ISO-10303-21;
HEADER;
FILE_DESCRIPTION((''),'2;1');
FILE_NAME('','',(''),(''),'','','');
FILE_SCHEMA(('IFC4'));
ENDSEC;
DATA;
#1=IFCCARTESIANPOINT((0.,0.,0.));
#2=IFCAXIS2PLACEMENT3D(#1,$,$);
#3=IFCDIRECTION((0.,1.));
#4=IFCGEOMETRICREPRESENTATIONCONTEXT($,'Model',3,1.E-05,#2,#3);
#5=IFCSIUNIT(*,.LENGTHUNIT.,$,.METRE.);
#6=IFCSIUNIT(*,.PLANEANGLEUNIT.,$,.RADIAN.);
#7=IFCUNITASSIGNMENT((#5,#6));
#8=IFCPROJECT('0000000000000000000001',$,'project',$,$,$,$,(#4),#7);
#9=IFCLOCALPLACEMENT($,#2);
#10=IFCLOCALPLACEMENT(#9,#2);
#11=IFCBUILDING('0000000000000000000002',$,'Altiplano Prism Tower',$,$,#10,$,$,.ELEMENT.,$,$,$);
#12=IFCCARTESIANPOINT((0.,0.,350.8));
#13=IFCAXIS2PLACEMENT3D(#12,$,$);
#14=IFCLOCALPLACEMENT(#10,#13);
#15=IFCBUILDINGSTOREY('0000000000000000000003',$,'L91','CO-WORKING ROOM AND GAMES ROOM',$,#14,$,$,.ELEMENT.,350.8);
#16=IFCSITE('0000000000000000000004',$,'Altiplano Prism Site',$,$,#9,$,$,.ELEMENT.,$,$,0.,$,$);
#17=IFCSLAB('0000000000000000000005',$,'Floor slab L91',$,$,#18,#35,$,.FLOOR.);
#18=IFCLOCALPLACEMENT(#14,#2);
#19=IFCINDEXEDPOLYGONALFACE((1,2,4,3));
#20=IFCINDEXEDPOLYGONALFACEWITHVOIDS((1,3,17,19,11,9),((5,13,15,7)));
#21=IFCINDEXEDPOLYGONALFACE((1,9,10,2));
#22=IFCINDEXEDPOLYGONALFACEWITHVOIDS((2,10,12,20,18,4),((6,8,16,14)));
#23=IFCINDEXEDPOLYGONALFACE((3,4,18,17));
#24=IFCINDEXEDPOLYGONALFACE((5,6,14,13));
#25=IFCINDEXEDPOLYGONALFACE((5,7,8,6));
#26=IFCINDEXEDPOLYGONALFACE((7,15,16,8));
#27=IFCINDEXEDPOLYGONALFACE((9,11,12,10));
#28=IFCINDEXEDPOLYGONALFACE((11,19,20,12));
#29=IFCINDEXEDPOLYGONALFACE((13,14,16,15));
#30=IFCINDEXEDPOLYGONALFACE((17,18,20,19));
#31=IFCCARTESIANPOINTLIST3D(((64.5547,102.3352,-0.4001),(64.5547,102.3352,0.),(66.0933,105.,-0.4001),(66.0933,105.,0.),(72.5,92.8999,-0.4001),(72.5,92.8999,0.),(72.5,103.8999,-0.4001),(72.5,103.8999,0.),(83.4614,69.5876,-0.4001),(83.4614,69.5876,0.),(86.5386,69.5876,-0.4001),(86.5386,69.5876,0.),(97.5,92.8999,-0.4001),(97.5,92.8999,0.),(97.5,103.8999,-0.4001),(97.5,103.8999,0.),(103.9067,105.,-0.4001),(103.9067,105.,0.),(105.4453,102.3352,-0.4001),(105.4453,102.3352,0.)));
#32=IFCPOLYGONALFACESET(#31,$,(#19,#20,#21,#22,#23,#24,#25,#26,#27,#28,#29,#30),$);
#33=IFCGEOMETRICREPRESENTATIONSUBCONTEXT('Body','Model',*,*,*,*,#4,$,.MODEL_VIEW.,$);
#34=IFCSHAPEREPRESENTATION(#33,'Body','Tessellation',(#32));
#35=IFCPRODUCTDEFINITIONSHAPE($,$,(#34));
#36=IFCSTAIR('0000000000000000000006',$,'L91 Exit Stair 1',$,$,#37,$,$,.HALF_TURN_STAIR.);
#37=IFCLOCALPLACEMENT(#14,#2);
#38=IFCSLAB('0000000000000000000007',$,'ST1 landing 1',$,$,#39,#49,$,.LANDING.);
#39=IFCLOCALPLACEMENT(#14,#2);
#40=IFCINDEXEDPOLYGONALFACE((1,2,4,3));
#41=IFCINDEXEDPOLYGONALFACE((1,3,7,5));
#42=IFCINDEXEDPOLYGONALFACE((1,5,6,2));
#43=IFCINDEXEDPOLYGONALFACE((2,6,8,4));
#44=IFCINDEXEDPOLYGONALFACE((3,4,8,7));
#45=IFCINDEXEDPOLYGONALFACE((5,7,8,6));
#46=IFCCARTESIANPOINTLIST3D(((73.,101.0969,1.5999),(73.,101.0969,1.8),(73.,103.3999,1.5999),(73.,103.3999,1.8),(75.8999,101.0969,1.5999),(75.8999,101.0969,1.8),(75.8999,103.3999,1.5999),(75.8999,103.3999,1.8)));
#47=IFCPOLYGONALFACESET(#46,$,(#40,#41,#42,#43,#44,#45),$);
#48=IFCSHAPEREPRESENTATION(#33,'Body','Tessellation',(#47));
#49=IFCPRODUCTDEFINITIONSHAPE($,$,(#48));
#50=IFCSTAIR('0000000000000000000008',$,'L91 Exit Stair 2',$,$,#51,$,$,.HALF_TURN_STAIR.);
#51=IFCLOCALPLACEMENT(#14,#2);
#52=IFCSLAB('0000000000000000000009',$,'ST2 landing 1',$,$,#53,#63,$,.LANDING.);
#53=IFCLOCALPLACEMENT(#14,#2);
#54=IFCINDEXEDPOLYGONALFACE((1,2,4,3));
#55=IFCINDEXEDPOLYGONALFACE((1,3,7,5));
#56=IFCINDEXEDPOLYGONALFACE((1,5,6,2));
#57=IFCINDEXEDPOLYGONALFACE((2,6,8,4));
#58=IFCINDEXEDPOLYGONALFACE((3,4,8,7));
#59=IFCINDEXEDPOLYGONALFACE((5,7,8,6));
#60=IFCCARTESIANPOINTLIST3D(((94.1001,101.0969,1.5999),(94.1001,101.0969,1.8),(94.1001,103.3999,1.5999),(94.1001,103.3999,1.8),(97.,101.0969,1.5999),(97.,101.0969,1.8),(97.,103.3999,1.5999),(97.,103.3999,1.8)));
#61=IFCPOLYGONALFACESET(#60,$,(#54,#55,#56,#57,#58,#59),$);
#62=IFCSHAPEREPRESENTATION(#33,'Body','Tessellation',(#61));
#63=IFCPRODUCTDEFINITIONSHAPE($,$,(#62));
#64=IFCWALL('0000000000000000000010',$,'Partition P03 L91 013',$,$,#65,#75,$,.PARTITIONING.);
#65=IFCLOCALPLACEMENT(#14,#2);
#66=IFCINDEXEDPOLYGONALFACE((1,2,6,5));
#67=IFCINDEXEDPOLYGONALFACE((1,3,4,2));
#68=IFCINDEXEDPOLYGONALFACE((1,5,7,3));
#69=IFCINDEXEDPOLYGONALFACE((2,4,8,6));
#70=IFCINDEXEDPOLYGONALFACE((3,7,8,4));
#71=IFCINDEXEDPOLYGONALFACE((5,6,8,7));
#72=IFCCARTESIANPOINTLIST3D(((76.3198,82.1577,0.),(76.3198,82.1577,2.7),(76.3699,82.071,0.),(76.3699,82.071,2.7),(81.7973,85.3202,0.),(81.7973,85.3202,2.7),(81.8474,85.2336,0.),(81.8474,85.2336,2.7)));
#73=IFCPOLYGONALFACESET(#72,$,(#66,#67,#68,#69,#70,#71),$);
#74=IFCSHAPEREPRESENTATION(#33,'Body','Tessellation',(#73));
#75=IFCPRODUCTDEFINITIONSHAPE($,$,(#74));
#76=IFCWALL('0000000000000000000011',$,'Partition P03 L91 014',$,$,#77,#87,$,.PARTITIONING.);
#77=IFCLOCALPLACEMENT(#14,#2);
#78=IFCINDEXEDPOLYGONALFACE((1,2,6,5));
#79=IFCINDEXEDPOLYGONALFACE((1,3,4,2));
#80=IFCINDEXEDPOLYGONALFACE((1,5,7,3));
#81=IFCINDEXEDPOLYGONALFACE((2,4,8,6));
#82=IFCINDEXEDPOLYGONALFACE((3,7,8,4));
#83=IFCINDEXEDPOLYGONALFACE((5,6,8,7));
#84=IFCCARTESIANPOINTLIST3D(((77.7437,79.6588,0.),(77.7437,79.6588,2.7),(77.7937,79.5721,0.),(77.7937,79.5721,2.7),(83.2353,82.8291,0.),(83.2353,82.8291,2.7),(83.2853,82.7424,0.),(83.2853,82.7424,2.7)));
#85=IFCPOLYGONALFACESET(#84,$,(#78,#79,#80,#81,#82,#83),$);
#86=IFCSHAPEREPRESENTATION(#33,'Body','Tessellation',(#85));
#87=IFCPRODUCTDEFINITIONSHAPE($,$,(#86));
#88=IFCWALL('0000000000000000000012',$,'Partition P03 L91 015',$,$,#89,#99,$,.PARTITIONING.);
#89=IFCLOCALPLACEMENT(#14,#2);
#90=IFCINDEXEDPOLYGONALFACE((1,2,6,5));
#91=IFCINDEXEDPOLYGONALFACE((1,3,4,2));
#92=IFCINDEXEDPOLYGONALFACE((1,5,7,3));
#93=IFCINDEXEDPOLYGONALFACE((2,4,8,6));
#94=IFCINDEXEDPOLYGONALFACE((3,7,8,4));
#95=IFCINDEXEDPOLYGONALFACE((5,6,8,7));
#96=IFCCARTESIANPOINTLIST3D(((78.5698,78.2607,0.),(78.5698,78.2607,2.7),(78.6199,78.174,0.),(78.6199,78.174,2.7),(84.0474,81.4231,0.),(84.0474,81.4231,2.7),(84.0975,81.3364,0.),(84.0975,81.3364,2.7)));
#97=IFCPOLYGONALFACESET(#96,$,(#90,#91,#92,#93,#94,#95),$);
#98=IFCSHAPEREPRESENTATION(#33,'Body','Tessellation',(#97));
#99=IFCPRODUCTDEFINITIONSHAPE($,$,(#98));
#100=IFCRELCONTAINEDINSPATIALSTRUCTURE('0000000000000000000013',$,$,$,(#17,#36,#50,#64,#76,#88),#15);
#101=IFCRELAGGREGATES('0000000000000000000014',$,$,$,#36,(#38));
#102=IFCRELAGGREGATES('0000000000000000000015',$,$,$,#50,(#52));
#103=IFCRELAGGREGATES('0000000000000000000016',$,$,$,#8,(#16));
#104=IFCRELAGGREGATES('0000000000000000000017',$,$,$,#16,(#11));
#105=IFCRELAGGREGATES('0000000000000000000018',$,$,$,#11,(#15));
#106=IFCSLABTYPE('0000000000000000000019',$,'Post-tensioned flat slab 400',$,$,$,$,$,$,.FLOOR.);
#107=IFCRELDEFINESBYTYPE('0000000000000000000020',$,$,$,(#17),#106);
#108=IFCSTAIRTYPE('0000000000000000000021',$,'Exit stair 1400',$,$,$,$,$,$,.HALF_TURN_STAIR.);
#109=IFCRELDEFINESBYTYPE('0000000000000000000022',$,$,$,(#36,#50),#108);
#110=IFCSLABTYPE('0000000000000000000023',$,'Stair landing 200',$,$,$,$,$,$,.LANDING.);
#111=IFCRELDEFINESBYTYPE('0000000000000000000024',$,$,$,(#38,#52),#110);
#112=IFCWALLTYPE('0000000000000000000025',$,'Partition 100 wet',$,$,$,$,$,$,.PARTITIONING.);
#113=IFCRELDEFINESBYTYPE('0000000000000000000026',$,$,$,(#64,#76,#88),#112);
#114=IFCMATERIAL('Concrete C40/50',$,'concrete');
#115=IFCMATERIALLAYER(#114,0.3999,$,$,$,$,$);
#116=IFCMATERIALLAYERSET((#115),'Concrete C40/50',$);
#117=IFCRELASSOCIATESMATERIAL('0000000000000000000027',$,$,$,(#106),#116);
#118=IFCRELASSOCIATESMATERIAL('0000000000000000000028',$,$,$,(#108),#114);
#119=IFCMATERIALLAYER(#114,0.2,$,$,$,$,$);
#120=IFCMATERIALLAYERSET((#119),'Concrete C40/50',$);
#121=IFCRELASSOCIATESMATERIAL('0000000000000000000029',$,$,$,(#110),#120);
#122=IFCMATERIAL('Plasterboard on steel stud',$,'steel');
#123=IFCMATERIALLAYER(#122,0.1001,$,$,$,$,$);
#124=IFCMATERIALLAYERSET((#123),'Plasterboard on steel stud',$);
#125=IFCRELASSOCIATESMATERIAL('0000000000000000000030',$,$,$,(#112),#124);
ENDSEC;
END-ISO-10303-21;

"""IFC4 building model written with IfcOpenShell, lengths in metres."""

from ifc_helpers import new_model, si_unit, direction, frame, frame_2d, origin, place, context, subcontext, project, spatial, polyline, rectangle, outline, extrude, material, layer, layer_set, type_object, element, aggregate, save


model = new_model("IFC4")

# Units and contexts
model_context = context("Model", 3, precision=1e-05, world=origin(), true_north=direction((0.0, 1.0)))
body_context = subcontext(model_context, "Body", "Model", "MODEL_VIEW")
ifc_project = project(units=[si_unit("LENGTHUNIT", "METRE"), si_unit("PLANEANGLEUNIT", "RADIAN")], contexts=[model_context])

# Site, building, storey
site_placement = place(None, origin())
site = spatial("IfcSite", under=ifc_project, at=site_placement, Name="Altiplano Prism Site", CompositionType="ELEMENT", RefElevation=0.0)
building_placement = place(site_placement, origin())
building = spatial("IfcBuilding", under=site, at=building_placement, Name="Altiplano Prism Tower", CompositionType="ELEMENT")
storey_placement = place(building_placement, frame((0.0, 0.0, 350.8)))
storey = spatial("IfcBuildingStorey", under=building, at=storey_placement, Name="L91", Description="CO-WORKING ROOM AND GAMES ROOM", CompositionType="ELEMENT", Elevation=350.8)

# Slab
ifc_material_1 = material(Name="Concrete C40/50", Category="concrete")
ifc_layer_1 = layer(ifc_material_1, 0.3999)
ifc_layer_set_1 = layer_set([ifc_layer_1], Name="Concrete C40/50")
slab_type_1 = type_object("IfcSlabType", Name="Post-tensioned flat slab 400", PredefinedType="FLOOR", material=ifc_layer_set_1)
slab_1_placement = place(storey_placement, frame((0.0, 0.0, -0.4001)))
element("IfcSlab", 1, at=slab_1_placement, inside=storey, type_object=slab_type_1, Name="Floor slab L91", PredefinedType="FLOOR", context=body_context, shape_type="SweptSolid", body=[
    extrude(outline(polyline([(105.4453, 102.3352), (86.5386, 69.5876), (83.4614, 69.5876), (64.5547, 102.3352), (66.0933, 105.0), (103.9067, 105.0), (105.4453, 102.3352)]), holes=[polyline([(97.5, 92.8999), (97.5, 103.8999), (72.5, 103.8999), (72.5, 92.8999), (97.5, 92.8999)])]), origin(), (0.0, 0.0, 1.0), 0.4001),
])

# Stairs, slabs
stair_type = type_object("IfcStairType", Name="Exit stair 1400", PredefinedType="HALF_TURN_STAIR", material=ifc_material_1)
stair_1_placement = place(storey_placement, origin())
stair_1 = element("IfcStair", 2, at=stair_1_placement, inside=storey, type_object=stair_type, Name="L91 Exit Stair 1", PredefinedType="HALF_TURN_STAIR")
ifc_layer_2 = layer(ifc_material_1, 0.2)
ifc_layer_set_2 = layer_set([ifc_layer_2], Name="Concrete C40/50")
slab_type_2 = type_object("IfcSlabType", Name="Stair landing 200", PredefinedType="LANDING", material=ifc_layer_set_2)
slab_2_placement = place(storey_placement, frame((0.0, 0.0, 1.5999)))
slab_2 = element("IfcSlab", 3, at=slab_2_placement, type_object=slab_type_2, Name="ST1 landing 1", PredefinedType="LANDING", context=body_context, shape_type="SweptSolid", body=[
    extrude(outline(polyline([(75.8999, 101.0969), (75.8999, 103.3999), (73.0, 103.3999), (73.0, 101.0969), (75.8999, 101.0969)])), origin(), (0.0, 0.0, 1.0), 0.2002),
])
aggregate(stair_1, [slab_2])
stair_2_placement = place(storey_placement, origin())
stair_2 = element("IfcStair", 4, at=stair_2_placement, inside=storey, type_object=stair_type, Name="L91 Exit Stair 2", PredefinedType="HALF_TURN_STAIR")
slab_3_placement = place(storey_placement, frame((0.0, 0.0, 1.5999)))
slab_3 = element("IfcSlab", 5, at=slab_3_placement, type_object=slab_type_2, Name="ST2 landing 1", PredefinedType="LANDING", context=body_context, shape_type="SweptSolid", body=[
    extrude(outline(polyline([(97.0, 101.0969), (97.0, 103.3999), (94.1001, 103.3999), (94.1001, 101.0969), (97.0, 101.0969)])), origin(), (0.0, 0.0, 1.0), 0.2002),
])
aggregate(stair_2, [slab_3])

# Walls
ifc_material_2 = material(Name="Plasterboard on steel stud", Category="steel")
ifc_layer_3 = layer(ifc_material_2, 0.1001)
ifc_layer_set_3 = layer_set([ifc_layer_3], Name="Plasterboard on steel stud")
wall_type = type_object("IfcWallType", Name="Partition 100 wet", PredefinedType="PARTITIONING", material=ifc_layer_set_3)
wall_1_placement = place(storey_placement, frame((76.3447, 82.1143, 0.0), z_axis=(0.0, 0.0, 1.0), x_axis=(0.866016, 0.500016, 0.0)))
element("IfcWall", 6, at=wall_1_placement, inside=storey, type_object=wall_type, Name="Partition P03 L91 013", PredefinedType="PARTITIONING", context=body_context, shape_type="SweptSolid", body=[
    extrude(rectangle(XDim=6.325, YDim=0.1001, at=frame_2d((3.1626, 0.0))), origin(), (0.0, 0.0, 1.0), 2.7),
])
wall_2_placement = place(storey_placement, frame((77.7688, 79.6155, 0.0), z_axis=(0.0, 0.0, 1.0), x_axis=(0.866041, 0.499974, 0.0)))
element("IfcWall", 7, at=wall_2_placement, inside=storey, type_object=wall_type, Name="Partition P03 L91 014", PredefinedType="PARTITIONING", context=body_context, shape_type="SweptSolid", body=[
    extrude(rectangle(XDim=6.3411, YDim=0.1001, at=frame_2d((3.1704, 0.0))), origin(), (0.0, 0.0, 1.0), 2.7),
])
wall_3_placement = place(storey_placement, frame((78.5947, 78.2173, 0.0), z_axis=(0.0, 0.0, 1.0), x_axis=(0.866033, 0.499988, 0.0)))
element("IfcWall", 8, at=wall_3_placement, inside=storey, type_object=wall_type, Name="Partition P03 L91 015", PredefinedType="PARTITIONING", context=body_context, shape_type="SweptSolid", body=[
    extrude(rectangle(XDim=6.325, YDim=0.1001, at=frame_2d((3.1626, 0.0))), origin(), (0.0, 0.0, 1.0), 2.7),
])

save(model, "model.ifc")
